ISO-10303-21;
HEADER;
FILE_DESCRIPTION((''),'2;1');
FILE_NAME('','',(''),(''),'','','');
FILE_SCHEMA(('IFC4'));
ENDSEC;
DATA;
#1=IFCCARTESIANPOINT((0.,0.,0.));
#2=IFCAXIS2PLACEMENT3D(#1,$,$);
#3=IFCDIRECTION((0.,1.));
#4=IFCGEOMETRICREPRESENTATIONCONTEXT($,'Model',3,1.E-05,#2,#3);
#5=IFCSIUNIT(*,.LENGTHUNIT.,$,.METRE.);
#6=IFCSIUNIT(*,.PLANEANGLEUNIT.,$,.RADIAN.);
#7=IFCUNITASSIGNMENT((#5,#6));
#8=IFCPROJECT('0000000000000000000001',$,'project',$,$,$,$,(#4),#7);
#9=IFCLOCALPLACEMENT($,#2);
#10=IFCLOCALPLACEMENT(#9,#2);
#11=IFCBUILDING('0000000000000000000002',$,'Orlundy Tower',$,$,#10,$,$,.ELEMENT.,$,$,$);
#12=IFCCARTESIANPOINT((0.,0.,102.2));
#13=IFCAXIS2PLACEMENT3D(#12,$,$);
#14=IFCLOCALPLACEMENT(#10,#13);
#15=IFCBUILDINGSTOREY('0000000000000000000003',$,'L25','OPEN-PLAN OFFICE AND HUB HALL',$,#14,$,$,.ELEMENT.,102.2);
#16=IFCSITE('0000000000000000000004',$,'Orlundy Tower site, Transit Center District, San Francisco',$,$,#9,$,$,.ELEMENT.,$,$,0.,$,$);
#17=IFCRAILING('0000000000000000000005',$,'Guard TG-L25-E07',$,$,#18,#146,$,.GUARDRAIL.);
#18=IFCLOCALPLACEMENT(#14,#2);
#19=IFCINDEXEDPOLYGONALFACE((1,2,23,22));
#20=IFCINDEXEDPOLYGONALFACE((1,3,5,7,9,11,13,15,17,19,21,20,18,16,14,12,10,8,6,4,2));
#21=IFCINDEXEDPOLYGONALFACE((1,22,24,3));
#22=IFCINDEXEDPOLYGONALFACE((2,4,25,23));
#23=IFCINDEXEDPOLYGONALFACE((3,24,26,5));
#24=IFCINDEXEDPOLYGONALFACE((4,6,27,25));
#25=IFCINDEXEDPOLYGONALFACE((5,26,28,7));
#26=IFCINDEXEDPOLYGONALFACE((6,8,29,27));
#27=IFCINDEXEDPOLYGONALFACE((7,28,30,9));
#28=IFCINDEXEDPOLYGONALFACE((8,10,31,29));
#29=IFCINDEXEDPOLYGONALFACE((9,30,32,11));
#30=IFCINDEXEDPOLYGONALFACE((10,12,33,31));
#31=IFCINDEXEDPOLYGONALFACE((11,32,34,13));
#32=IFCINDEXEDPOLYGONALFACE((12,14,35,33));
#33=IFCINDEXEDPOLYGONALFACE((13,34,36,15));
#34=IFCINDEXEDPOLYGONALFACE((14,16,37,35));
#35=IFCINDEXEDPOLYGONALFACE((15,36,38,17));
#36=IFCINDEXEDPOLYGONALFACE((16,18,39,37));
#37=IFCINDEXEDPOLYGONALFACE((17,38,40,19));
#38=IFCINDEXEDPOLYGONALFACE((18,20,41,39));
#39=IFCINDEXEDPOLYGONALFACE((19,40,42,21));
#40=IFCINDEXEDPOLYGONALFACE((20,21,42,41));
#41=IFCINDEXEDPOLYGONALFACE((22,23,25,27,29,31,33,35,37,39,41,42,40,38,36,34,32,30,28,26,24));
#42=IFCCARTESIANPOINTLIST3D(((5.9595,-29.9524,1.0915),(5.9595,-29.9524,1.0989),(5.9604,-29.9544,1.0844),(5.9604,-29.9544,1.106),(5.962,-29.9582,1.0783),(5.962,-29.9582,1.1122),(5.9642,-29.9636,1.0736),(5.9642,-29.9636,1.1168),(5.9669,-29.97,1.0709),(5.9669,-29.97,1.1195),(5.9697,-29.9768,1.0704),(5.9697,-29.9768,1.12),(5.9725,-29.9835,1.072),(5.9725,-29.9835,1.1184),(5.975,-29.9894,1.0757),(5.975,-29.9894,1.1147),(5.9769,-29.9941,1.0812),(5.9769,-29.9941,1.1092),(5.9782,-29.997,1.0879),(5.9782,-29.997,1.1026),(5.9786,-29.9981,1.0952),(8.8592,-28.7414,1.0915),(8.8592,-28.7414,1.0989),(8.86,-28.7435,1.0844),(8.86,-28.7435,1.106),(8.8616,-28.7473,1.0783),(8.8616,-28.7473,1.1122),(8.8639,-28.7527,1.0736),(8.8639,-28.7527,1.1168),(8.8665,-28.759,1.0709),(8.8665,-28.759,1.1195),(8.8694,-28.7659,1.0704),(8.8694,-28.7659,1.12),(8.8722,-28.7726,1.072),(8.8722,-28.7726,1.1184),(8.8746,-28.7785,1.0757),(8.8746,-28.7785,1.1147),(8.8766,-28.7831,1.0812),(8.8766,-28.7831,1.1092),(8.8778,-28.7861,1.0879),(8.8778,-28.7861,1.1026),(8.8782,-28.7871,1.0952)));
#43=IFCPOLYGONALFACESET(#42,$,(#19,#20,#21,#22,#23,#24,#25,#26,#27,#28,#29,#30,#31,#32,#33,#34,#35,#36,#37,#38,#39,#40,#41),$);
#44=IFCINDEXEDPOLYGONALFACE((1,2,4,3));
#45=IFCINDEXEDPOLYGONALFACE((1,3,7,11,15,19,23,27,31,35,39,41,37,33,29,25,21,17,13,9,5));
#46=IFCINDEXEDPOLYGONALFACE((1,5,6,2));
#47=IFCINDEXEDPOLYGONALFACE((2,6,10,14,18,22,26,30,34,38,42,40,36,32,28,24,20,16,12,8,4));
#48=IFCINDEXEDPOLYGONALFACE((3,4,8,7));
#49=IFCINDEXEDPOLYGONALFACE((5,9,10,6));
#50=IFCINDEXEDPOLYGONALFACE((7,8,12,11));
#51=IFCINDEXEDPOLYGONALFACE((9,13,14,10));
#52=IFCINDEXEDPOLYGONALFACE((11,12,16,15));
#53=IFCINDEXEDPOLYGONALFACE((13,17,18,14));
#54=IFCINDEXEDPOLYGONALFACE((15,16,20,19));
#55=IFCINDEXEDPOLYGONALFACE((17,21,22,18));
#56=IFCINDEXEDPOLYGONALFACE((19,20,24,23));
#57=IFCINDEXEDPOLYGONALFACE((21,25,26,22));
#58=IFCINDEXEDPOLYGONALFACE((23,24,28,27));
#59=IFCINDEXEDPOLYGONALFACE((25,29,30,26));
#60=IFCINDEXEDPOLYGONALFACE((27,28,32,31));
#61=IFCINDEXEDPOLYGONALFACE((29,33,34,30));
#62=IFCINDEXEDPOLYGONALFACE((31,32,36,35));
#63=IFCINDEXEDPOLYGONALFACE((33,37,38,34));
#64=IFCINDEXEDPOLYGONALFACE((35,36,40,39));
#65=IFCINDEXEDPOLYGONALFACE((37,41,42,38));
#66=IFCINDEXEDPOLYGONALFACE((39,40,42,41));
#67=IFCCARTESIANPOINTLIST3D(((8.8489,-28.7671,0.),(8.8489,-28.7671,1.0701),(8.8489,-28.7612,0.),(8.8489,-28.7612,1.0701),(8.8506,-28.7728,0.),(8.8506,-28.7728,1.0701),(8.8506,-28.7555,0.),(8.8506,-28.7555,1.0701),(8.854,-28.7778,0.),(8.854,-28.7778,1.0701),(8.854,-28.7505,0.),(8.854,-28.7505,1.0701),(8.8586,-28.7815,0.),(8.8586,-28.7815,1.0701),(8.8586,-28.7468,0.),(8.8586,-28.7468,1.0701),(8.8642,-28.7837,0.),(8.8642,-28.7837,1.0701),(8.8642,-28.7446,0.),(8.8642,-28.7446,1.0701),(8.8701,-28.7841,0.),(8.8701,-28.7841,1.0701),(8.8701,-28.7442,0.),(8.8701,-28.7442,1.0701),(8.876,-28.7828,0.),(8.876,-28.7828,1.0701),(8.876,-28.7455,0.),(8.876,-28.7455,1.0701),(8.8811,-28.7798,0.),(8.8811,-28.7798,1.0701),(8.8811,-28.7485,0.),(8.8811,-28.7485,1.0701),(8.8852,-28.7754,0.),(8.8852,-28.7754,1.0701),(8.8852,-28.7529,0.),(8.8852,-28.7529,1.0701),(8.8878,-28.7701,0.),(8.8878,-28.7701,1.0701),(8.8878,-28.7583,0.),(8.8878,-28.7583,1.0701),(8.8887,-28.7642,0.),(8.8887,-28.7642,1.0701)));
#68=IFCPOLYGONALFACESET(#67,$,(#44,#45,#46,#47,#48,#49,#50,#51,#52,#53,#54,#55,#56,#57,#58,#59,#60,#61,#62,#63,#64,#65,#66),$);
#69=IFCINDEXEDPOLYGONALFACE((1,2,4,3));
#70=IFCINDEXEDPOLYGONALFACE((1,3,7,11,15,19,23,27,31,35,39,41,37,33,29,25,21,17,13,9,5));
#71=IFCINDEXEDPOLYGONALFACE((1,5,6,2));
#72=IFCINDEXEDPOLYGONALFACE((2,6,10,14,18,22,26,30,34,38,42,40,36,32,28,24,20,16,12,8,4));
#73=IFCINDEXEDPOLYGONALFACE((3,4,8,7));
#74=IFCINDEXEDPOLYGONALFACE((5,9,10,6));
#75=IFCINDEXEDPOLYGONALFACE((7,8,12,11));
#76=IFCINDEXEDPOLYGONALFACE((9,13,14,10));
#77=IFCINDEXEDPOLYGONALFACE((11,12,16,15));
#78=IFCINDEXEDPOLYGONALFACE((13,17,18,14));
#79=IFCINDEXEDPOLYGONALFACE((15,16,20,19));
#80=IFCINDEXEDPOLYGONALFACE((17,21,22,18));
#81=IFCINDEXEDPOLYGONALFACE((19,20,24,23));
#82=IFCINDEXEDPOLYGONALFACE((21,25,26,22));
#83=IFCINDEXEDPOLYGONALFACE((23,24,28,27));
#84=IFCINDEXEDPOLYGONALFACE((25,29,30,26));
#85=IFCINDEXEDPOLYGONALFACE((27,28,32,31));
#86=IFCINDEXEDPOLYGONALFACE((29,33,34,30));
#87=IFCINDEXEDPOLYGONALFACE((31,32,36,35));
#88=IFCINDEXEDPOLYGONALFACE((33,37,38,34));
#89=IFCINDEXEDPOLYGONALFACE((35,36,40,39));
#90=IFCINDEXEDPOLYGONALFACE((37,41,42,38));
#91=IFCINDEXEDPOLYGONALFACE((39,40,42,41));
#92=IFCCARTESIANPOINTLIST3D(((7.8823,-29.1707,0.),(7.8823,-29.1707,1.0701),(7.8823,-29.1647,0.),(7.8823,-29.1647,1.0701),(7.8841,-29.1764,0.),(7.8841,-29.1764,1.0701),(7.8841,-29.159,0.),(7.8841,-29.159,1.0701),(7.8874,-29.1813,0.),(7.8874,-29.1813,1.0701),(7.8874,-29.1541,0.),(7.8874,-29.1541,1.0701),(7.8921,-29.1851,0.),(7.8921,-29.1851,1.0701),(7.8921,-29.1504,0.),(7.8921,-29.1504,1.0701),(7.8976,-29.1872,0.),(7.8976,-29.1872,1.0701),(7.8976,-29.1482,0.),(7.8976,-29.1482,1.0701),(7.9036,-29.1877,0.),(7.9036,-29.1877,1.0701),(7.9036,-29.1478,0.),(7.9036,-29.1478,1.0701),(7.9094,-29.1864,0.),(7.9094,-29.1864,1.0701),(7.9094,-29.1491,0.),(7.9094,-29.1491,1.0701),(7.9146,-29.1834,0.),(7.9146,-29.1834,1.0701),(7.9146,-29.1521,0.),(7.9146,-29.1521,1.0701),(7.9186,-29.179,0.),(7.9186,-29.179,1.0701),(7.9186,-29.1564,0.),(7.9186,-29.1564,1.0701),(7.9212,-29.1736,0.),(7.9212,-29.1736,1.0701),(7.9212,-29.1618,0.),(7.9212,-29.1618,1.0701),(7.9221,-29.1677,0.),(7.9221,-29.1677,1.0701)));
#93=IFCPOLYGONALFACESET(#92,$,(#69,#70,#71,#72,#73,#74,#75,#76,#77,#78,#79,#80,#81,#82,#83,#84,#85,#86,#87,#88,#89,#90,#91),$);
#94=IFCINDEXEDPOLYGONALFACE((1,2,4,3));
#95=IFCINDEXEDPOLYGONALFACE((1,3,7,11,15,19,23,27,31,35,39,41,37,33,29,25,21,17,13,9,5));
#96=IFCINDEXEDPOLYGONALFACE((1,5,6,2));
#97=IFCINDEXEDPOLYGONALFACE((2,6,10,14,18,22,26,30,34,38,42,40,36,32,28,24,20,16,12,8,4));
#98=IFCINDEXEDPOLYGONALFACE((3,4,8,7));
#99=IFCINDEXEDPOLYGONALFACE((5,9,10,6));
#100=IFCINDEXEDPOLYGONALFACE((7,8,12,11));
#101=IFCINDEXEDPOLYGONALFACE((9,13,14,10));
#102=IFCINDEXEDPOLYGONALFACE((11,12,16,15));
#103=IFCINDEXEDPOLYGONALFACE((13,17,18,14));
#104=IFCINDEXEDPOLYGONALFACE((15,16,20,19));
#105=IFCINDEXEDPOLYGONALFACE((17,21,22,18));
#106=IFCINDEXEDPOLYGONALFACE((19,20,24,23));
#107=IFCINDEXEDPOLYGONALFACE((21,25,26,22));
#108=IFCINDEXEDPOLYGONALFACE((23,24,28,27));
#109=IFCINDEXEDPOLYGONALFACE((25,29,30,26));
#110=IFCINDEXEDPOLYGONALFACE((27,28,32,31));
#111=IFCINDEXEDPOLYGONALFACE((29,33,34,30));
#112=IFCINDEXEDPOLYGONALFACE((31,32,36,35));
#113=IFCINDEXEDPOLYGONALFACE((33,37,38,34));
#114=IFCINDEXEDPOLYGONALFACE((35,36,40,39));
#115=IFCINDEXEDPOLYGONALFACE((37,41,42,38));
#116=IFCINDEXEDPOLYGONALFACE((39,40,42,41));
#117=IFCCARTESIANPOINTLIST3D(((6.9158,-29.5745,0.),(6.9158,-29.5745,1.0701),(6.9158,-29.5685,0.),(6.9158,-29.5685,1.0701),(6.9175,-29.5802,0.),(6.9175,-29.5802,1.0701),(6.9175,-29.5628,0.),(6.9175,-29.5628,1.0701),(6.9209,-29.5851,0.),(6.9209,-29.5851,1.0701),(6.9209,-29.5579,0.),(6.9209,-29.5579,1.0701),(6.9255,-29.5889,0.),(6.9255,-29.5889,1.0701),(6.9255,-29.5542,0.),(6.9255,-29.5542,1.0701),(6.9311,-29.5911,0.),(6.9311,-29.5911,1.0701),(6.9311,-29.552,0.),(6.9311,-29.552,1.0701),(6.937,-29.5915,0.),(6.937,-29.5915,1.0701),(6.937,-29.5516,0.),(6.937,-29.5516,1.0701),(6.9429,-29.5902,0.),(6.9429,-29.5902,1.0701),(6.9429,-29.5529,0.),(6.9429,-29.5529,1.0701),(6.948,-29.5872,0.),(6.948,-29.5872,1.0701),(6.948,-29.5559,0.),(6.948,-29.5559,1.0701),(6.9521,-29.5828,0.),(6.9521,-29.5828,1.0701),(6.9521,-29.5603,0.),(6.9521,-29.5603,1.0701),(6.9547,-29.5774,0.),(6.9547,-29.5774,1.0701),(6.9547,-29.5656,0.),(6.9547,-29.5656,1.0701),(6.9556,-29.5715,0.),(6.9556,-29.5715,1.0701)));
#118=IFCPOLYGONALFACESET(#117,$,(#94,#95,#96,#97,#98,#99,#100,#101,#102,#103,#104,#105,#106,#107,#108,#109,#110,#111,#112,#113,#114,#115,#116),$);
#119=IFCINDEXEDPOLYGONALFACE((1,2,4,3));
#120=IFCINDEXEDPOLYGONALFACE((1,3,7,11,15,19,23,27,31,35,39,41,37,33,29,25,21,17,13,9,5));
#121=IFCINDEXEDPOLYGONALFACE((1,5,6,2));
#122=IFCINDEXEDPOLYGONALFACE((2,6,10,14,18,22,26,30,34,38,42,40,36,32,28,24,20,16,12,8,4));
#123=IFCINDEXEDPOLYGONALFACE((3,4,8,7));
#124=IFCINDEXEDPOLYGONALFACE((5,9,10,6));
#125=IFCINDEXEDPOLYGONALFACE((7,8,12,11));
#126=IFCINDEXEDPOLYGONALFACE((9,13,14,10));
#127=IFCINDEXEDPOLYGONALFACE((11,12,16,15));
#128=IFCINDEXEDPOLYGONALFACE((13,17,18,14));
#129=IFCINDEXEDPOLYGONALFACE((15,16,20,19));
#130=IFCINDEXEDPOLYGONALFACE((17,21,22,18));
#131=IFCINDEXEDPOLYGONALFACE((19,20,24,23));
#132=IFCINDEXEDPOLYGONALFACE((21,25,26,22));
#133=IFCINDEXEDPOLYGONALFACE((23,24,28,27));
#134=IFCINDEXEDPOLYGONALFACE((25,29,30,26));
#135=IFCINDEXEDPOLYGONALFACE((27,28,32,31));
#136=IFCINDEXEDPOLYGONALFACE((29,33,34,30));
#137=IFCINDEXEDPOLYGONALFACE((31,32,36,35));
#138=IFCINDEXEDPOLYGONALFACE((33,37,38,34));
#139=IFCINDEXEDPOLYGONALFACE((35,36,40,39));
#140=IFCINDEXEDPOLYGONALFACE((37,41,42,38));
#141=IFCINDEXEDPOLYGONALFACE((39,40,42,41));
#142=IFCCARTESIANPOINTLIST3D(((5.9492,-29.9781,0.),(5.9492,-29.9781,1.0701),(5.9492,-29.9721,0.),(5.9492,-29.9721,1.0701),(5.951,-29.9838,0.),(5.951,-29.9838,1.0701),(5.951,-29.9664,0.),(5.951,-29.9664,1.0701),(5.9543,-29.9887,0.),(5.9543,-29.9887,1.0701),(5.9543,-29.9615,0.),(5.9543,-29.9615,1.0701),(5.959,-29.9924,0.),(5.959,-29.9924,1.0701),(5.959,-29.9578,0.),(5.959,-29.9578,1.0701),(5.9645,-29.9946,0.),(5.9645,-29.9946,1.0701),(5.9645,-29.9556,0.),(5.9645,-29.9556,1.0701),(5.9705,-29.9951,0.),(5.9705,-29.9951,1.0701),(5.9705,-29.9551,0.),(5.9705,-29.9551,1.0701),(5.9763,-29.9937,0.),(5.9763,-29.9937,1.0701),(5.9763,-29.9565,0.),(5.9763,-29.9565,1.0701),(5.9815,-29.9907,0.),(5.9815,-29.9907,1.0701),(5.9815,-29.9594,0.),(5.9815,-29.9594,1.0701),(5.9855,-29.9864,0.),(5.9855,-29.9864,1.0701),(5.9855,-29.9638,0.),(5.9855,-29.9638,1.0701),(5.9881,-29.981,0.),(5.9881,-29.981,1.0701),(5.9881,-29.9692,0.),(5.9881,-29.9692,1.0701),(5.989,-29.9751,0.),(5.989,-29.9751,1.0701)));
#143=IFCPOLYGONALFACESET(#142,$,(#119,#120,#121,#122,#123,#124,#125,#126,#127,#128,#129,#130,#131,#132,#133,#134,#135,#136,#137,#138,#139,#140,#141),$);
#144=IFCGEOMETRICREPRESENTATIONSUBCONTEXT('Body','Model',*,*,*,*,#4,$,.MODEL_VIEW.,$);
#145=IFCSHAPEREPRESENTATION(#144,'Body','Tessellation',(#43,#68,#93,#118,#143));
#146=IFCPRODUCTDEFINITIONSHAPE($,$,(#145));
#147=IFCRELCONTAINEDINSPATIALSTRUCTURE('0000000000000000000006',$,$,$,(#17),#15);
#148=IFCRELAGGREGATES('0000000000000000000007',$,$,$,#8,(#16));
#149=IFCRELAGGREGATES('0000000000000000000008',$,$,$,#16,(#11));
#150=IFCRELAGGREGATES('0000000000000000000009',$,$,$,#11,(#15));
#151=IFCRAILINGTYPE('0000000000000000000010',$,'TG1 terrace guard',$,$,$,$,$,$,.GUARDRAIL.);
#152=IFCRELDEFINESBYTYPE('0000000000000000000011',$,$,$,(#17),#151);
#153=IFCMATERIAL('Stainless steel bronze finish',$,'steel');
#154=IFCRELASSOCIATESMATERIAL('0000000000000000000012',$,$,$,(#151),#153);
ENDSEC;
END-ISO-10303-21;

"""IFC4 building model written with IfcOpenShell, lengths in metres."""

from ifc_helpers import new_model, si_unit, direction, frame, origin, origin_2d, place, context, subcontext, project, spatial, circle, extrude, material, type_object, element, save


model = new_model("IFC4")

# Units and contexts
model_context = context("Model", 3, precision=1e-05, world=origin(), true_north=direction((0.0, 1.0)))
body_context = subcontext(model_context, "Body", "Model", "MODEL_VIEW")
ifc_project = project(units=[si_unit("LENGTHUNIT", "METRE"), si_unit("PLANEANGLEUNIT", "RADIAN")], contexts=[model_context])

# Site, building, storey
site_placement = place(None, origin())
site = spatial("IfcSite", under=ifc_project, at=site_placement, Name="Orlundy Tower site, Transit Center District, San Francisco", CompositionType="ELEMENT", RefElevation=0.0)
building_placement = place(site_placement, origin())
building = spatial("IfcBuilding", under=site, at=building_placement, Name="Orlundy Tower", CompositionType="ELEMENT")
storey_placement = place(building_placement, frame((0.0, 0.0, 102.2)))
storey = spatial("IfcBuildingStorey", under=building, at=storey_placement, Name="L25", Description="OPEN-PLAN OFFICE AND HUB HALL", CompositionType="ELEMENT", Elevation=102.2)

# Railing
ifc_material_1 = material(Name="Stainless steel bronze finish", Category="steel")
railing_type = type_object("IfcRailingType", Name="TG1 terrace guard", PredefinedType="GUARDRAIL", material=ifc_material_1)
railing_1_placement = place(storey_placement, frame((8.8687, -28.7642, 0.0)))
element("IfcRailing", 1, at=railing_1_placement, inside=storey, type_object=railing_type, Name="Guard TG-L25-E07", PredefinedType="GUARDRAIL", context=body_context, shape_type="SweptSolid", body=[
    extrude(circle(Radius=0.0249, at=origin_2d()), frame((0.0, 0.0, 1.0952), z_axis=(-0.922766, -0.38536, 0.0), x_axis=(0.38536, -0.922766, 0.0)), (0.0, 0.0, 1.0), 3.1423),
    extrude(circle(Radius=0.02, at=origin_2d()), origin(), (0.0, 0.0, 1.0), 1.0701),
    extrude(circle(Radius=0.02, at=origin_2d()), frame((-0.9666, -0.4036, 0.0)), (0.0, 0.0, 1.0), 1.0701),
    extrude(circle(Radius=0.02, at=origin_2d()), frame((-1.9331, -0.8074, 0.0)), (0.0, 0.0, 1.0), 1.0701),
    extrude(circle(Radius=0.02, at=origin_2d()), frame((-2.8997, -1.2109, 0.0)), (0.0, 0.0, 1.0), 1.0701),
])

save(model, "model.ifc")
